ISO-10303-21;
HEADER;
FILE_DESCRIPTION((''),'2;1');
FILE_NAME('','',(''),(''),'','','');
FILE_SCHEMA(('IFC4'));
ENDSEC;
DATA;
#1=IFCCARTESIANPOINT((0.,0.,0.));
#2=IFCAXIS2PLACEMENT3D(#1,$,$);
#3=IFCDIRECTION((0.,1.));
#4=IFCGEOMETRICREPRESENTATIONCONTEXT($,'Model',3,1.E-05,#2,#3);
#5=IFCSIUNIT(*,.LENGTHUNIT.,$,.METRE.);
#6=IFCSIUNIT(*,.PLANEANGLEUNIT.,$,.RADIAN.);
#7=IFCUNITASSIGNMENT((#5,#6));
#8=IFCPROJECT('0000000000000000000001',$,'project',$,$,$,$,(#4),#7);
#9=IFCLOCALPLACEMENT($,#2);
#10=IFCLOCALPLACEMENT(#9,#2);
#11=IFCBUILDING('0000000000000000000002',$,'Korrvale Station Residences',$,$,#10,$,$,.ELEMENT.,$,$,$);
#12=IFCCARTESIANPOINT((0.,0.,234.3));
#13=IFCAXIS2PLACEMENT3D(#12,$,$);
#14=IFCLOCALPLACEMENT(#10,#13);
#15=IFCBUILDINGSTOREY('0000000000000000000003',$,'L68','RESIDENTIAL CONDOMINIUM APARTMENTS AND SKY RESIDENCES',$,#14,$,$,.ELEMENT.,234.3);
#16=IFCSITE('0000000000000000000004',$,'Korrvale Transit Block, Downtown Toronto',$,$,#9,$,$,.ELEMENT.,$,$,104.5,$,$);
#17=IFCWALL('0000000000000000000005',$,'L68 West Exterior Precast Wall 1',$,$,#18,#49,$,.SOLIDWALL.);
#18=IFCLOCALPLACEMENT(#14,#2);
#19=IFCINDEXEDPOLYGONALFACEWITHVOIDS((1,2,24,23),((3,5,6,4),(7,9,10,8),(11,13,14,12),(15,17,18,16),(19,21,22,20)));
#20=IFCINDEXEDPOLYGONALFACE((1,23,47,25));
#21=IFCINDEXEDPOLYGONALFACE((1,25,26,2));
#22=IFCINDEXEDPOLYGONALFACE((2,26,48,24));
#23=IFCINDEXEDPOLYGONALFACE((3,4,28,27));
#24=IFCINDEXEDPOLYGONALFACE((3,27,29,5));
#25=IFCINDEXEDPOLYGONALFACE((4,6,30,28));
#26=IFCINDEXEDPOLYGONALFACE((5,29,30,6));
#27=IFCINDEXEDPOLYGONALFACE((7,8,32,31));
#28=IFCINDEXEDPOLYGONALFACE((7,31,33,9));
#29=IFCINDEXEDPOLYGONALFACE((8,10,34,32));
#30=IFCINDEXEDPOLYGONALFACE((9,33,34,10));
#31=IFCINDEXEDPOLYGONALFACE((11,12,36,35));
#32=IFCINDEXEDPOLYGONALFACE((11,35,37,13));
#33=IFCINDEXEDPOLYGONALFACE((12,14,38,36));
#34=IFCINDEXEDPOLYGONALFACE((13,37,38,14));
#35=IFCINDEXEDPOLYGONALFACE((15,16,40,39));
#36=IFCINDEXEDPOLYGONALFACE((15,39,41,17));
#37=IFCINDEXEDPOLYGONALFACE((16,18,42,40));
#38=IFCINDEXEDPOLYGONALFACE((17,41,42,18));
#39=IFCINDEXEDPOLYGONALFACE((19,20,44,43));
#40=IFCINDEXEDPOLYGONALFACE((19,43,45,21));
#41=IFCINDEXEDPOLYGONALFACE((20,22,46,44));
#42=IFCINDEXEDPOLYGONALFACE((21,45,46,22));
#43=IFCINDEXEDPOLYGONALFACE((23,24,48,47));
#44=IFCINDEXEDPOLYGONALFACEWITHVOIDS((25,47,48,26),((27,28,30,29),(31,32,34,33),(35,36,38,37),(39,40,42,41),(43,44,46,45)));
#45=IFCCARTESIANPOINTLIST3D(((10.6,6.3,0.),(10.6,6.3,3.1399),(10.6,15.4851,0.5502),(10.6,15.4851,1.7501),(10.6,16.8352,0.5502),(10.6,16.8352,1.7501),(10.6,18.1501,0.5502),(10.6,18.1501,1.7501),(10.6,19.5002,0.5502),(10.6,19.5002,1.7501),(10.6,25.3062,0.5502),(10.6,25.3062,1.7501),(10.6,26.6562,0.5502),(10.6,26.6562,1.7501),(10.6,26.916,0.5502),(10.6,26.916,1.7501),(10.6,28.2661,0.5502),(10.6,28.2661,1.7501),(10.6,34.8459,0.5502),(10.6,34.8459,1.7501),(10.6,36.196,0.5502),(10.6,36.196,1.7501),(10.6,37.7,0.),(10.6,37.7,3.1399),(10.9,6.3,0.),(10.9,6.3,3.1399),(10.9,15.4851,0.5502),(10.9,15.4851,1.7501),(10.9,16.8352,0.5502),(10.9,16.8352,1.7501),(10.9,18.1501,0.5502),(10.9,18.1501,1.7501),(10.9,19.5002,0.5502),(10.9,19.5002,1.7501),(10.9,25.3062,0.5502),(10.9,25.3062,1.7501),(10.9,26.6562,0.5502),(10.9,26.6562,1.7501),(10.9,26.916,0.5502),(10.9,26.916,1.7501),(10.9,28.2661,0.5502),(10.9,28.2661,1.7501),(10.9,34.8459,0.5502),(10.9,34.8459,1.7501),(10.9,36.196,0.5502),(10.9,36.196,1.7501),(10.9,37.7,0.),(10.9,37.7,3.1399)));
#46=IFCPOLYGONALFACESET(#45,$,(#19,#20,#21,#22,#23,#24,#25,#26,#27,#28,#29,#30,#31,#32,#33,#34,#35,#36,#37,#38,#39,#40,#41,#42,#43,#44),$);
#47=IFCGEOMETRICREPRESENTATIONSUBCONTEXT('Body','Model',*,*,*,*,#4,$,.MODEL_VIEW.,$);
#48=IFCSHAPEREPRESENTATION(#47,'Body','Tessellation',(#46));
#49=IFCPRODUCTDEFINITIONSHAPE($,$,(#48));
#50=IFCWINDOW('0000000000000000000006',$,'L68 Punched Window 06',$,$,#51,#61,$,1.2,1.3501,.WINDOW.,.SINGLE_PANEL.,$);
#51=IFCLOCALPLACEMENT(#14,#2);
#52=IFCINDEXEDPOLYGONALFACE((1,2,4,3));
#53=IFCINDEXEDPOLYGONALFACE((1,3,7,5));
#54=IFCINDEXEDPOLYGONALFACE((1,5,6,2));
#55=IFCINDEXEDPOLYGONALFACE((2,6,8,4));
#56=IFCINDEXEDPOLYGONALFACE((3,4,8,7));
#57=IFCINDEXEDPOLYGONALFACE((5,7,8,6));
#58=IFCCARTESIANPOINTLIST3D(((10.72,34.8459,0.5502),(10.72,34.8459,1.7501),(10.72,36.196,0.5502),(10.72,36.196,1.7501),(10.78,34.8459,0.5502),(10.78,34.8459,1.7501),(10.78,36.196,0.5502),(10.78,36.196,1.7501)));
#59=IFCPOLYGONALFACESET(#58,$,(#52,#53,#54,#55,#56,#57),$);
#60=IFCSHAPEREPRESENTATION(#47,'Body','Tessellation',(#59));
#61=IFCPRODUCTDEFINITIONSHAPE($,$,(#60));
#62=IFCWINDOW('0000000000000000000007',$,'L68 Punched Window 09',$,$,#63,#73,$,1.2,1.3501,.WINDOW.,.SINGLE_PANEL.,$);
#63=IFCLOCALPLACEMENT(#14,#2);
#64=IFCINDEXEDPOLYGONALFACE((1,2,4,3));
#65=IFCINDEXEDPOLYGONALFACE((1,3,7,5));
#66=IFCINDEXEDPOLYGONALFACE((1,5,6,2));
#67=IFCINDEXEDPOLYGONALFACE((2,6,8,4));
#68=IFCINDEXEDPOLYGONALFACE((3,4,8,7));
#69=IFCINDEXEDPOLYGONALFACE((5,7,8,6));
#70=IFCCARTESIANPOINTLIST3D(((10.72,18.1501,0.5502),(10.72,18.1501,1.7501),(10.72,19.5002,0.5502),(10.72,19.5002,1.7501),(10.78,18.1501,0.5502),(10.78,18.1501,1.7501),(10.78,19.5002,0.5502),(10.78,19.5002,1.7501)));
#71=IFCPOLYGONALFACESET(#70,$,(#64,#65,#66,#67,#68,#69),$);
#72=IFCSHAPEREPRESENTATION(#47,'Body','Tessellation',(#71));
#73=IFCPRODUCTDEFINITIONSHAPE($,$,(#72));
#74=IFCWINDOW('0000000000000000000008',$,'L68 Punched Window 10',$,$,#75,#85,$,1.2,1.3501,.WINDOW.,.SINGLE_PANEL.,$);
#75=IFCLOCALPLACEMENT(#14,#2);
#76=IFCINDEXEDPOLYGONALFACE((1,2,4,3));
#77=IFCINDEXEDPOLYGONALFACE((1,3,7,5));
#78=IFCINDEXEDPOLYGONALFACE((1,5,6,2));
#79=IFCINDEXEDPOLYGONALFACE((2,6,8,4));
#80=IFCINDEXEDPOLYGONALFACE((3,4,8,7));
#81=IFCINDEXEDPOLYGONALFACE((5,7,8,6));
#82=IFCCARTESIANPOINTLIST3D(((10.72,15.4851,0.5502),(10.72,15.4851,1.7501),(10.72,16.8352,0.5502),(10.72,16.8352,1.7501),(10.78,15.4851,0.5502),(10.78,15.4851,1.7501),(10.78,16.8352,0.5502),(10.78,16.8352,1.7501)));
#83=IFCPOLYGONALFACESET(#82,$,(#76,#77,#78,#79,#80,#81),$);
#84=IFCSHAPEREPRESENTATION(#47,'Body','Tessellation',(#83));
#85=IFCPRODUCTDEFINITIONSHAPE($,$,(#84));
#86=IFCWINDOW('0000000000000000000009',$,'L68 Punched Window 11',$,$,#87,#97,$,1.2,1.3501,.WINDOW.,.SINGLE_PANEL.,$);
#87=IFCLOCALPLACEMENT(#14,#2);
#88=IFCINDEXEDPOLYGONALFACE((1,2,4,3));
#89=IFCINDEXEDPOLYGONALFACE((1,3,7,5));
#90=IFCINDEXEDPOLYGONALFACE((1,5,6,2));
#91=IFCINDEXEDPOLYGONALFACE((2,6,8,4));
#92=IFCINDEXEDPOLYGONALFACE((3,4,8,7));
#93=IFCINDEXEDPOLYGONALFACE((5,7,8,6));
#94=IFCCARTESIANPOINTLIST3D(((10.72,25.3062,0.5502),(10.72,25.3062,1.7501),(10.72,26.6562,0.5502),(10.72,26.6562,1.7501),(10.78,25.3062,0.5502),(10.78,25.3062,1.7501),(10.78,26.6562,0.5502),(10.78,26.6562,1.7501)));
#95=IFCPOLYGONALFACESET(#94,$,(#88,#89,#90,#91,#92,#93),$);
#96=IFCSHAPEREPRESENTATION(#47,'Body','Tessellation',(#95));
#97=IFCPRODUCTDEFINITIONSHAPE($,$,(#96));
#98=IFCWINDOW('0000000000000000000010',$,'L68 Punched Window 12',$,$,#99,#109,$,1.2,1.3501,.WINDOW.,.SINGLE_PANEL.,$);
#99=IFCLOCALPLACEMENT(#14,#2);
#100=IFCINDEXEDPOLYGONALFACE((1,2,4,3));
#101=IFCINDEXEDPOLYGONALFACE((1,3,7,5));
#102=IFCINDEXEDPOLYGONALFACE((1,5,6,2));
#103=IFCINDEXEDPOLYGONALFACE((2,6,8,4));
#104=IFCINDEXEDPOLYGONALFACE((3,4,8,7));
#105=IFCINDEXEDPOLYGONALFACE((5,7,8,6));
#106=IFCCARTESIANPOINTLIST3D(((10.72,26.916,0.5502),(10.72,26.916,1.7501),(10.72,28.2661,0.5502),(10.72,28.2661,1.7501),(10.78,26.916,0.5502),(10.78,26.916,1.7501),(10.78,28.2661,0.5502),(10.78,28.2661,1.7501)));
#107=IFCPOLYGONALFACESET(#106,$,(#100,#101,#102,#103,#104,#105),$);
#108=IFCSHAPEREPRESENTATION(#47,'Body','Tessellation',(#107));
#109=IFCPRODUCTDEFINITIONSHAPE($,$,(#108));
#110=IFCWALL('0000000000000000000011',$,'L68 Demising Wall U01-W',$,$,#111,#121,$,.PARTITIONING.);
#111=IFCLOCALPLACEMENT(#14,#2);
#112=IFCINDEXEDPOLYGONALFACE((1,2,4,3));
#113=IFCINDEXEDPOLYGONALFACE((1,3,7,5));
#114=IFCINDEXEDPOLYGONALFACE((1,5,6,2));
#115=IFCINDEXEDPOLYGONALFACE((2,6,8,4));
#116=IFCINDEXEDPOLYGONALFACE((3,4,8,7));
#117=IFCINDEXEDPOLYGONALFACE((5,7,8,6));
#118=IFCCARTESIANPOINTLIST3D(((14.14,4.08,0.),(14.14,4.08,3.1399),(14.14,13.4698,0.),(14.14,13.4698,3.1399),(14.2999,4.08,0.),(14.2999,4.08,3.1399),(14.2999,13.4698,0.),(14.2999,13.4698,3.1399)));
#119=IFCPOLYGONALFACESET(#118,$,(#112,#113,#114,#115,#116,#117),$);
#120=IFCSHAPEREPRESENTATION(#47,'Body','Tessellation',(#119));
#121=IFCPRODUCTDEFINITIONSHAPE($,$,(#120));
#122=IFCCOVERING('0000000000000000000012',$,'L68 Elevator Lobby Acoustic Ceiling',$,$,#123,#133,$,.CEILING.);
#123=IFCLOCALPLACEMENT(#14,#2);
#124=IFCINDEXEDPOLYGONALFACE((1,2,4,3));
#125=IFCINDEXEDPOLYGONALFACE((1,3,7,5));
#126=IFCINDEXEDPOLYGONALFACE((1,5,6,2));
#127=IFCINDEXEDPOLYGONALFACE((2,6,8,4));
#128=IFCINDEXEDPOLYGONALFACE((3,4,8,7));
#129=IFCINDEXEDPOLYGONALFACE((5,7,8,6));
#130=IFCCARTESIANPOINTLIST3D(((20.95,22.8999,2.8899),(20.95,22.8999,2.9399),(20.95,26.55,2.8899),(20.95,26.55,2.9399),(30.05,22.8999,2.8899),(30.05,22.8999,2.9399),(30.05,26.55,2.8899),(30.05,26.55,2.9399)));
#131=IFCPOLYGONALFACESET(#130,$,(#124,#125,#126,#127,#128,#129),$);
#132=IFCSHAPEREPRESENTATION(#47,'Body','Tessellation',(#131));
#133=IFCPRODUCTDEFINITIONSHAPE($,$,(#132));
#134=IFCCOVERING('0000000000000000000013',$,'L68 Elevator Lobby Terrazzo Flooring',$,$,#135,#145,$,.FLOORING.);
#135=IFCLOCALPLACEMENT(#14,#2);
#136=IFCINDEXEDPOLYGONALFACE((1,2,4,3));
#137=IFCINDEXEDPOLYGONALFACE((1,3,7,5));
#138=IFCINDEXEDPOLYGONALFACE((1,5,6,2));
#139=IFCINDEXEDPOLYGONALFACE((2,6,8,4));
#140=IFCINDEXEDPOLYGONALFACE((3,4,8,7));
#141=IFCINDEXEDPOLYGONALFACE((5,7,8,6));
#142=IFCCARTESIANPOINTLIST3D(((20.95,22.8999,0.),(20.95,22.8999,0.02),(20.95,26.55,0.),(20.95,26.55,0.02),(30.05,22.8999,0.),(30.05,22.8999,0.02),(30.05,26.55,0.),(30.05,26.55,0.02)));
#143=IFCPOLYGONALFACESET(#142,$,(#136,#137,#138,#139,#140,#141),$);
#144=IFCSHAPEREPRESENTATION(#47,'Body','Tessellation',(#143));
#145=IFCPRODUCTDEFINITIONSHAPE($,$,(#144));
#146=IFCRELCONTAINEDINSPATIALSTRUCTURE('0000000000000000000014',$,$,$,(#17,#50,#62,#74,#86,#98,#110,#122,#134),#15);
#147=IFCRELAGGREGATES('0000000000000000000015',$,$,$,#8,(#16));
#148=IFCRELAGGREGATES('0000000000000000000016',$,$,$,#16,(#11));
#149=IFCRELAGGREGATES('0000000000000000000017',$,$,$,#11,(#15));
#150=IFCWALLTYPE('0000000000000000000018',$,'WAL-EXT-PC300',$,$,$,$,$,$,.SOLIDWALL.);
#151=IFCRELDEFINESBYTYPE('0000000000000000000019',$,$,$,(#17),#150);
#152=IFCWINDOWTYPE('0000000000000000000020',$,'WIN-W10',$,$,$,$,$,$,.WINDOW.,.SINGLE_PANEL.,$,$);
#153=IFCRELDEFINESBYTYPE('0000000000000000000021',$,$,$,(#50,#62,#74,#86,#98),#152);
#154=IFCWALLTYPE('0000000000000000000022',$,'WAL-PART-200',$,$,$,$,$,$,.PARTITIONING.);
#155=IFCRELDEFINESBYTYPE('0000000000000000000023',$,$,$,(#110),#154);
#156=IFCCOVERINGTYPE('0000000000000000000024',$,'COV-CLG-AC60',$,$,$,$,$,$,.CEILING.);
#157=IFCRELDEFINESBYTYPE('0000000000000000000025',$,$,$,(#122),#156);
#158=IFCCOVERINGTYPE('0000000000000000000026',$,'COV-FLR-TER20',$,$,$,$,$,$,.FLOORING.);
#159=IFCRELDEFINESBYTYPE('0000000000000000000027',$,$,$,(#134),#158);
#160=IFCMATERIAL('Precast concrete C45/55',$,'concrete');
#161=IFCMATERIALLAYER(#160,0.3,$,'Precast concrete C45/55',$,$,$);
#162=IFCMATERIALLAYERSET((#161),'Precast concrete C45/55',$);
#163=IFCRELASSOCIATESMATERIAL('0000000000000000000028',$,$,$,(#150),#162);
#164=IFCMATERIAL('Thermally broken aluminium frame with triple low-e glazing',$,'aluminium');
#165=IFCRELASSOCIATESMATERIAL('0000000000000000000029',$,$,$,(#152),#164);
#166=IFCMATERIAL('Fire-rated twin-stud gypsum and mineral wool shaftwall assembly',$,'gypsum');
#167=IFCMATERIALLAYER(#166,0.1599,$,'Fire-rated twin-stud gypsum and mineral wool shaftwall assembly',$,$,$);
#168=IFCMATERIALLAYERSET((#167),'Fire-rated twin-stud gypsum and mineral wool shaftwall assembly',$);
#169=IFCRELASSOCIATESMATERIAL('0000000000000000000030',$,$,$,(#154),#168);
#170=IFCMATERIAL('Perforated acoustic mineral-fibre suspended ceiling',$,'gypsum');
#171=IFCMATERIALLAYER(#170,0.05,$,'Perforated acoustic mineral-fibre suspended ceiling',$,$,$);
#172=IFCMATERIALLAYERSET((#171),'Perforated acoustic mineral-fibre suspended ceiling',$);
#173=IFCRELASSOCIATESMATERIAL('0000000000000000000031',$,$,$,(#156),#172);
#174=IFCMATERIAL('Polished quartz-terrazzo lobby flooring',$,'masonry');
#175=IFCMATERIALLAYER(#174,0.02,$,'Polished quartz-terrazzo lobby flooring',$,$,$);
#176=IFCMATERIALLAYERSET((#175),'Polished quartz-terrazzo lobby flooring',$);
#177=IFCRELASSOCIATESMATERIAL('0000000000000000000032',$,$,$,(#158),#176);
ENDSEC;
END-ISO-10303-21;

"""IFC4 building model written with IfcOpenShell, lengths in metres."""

from ifc_helpers import new_model, si_unit, direction, frame, frame_2d, origin, place, context, subcontext, project, spatial, polyline, rectangle, outline, extrude, material, layer, layer_set, type_object, element, fill, save


model = new_model("IFC4")

# Units and contexts
model_context = context("Model", 3, precision=1e-05, world=origin(), true_north=direction((0.0, 1.0)))
body_context = subcontext(model_context, "Body", "Model", "MODEL_VIEW")
ifc_project = project(units=[si_unit("LENGTHUNIT", "METRE"), si_unit("PLANEANGLEUNIT", "RADIAN")], contexts=[model_context])

# Site, building, storey
site_placement = place(None, origin())
site = spatial("IfcSite", under=ifc_project, at=site_placement, Name="Korrvale Transit Block, Downtown Toronto", CompositionType="ELEMENT", RefElevation=104.5)
building_placement = place(site_placement, origin())
building = spatial("IfcBuilding", under=site, at=building_placement, Name="Korrvale Station Residences", CompositionType="ELEMENT")
storey_placement = place(building_placement, frame((0.0, 0.0, 234.3)))
storey = spatial("IfcBuildingStorey", under=building, at=storey_placement, Name="L68", Description="RESIDENTIAL CONDOMINIUM APARTMENTS AND SKY RESIDENCES", CompositionType="ELEMENT", Elevation=234.3)

# Shared definitions
ifc_material_1 = material(Name="Precast concrete C45/55", Category="concrete")
ifc_layer_1 = layer(ifc_material_1, 0.3, Name="Precast concrete C45/55")
ifc_layer_set_1 = layer_set([ifc_layer_1], Name="Precast concrete C45/55")
wall_type_1 = type_object("IfcWallType", Name="WAL-EXT-PC300", PredefinedType="SOLIDWALL", material=ifc_layer_set_1)

# Wall, openings, windows
wall_1_placement = place(storey_placement, frame((10.75, 6.3, 0.0), z_axis=(0.0, 0.0, 1.0), x_axis=(0.0, 1.0, 0.0)))
wall_1 = element("IfcWall", 1, at=wall_1_placement, inside=storey, type_object=wall_type_1, Name="L68 West Exterior Precast Wall 1", PredefinedType="SOLIDWALL", context=body_context, shape_type="SweptSolid", body=[
    extrude(rectangle(XDim=31.3999, YDim=0.3, at=frame_2d((15.7, 0.0))), origin(), (0.0, 0.0, 1.0), 3.1399),
])
opening_1_placement = place(wall_1_placement, frame((28.5459, 0.0, 0.55)))
opening_1 = element("IfcOpeningElement", 2, at=opening_1_placement, cuts=wall_1, PredefinedType="OPENING", context=body_context, shape_type="SweptSolid", body=[
    extrude(rectangle(XDim=1.3501, YDim=1.2, at=frame_2d((0.675, 0.6001))), frame((0.0, 0.1602, 0.0), z_axis=(0.0, -1.0, 0.0), x_axis=(1.0, 0.0, 0.0)), (0.0, 0.0, 1.0), 0.3201),
])
opening_2_placement = place(wall_1_placement, frame((11.8501, 0.0, 0.55)))
opening_2 = element("IfcOpeningElement", 3, at=opening_2_placement, cuts=wall_1, PredefinedType="OPENING", context=body_context, shape_type="SweptSolid", body=[
    extrude(rectangle(XDim=1.3501, YDim=1.2, at=frame_2d((0.675, 0.6001))), frame((0.0, 0.1602, 0.0), z_axis=(0.0, -1.0, 0.0), x_axis=(1.0, 0.0, 0.0)), (0.0, 0.0, 1.0), 0.3201),
])
opening_3_placement = place(wall_1_placement, frame((9.1851, 0.0, 0.55)))
opening_3 = element("IfcOpeningElement", 4, at=opening_3_placement, cuts=wall_1, PredefinedType="OPENING", context=body_context, shape_type="SweptSolid", body=[
    extrude(rectangle(XDim=1.3501, YDim=1.2, at=frame_2d((0.675, 0.6001))), frame((0.0, 0.1602, 0.0), z_axis=(0.0, -1.0, 0.0), x_axis=(1.0, 0.0, 0.0)), (0.0, 0.0, 1.0), 0.3201),
])
opening_4_placement = place(wall_1_placement, frame((19.0061, 0.0, 0.55)))
opening_4 = element("IfcOpeningElement", 5, at=opening_4_placement, cuts=wall_1, PredefinedType="OPENING", context=body_context, shape_type="SweptSolid", body=[
    extrude(rectangle(XDim=1.3501, YDim=1.2, at=frame_2d((0.675, 0.6001))), frame((0.0, 0.1602, 0.0), z_axis=(0.0, -1.0, 0.0), x_axis=(1.0, 0.0, 0.0)), (0.0, 0.0, 1.0), 0.3201),
])
opening_5_placement = place(wall_1_placement, frame((20.616, 0.0, 0.55)))
opening_5 = element("IfcOpeningElement", 6, at=opening_5_placement, cuts=wall_1, PredefinedType="OPENING", context=body_context, shape_type="SweptSolid", body=[
    extrude(rectangle(XDim=1.3501, YDim=1.2, at=frame_2d((0.675, 0.6001))), frame((0.0, 0.1602, 0.0), z_axis=(0.0, -1.0, 0.0), x_axis=(1.0, 0.0, 0.0)), (0.0, 0.0, 1.0), 0.3201),
])
ifc_material_2 = material(Name="Thermally broken aluminium frame with triple low-e glazing", Category="aluminium")
window_type = type_object("IfcWindowType", Name="WIN-W10", PartitioningType="SINGLE_PANEL", PredefinedType="WINDOW", material=ifc_material_2)
window_1_placement = place(opening_1_placement, origin())
window_1 = element("IfcWindow", 7, at=window_1_placement, inside=storey, type_object=window_type, Name="L68 Punched Window 06", OverallHeight=1.2, OverallWidth=1.3501, PartitioningType="SINGLE_PANEL", PredefinedType="WINDOW", context=body_context, shape_type="SweptSolid", body=[
    extrude(rectangle(XDim=1.3501, YDim=1.2, at=frame_2d((0.675, 0.6001))), frame((0.0, 0.03, 0.0), z_axis=(0.0, -1.0, 0.0), x_axis=(1.0, 0.0, 0.0)), (0.0, 0.0, 1.0), 0.0601),
])
fill(opening_1, window_1)
window_2_placement = place(opening_2_placement, origin())
window_2 = element("IfcWindow", 8, at=window_2_placement, inside=storey, type_object=window_type, Name="L68 Punched Window 09", OverallHeight=1.2, OverallWidth=1.3501, PartitioningType="SINGLE_PANEL", PredefinedType="WINDOW", context=body_context, shape_type="SweptSolid", body=[
    extrude(rectangle(XDim=1.3501, YDim=1.2, at=frame_2d((0.675, 0.6001))), frame((0.0, 0.03, 0.0), z_axis=(0.0, -1.0, 0.0), x_axis=(1.0, 0.0, 0.0)), (0.0, 0.0, 1.0), 0.0601),
])
fill(opening_2, window_2)
window_3_placement = place(opening_3_placement, origin())
window_3 = element("IfcWindow", 9, at=window_3_placement, inside=storey, type_object=window_type, Name="L68 Punched Window 10", OverallHeight=1.2, OverallWidth=1.3501, PartitioningType="SINGLE_PANEL", PredefinedType="WINDOW", context=body_context, shape_type="SweptSolid", body=[
    extrude(rectangle(XDim=1.3501, YDim=1.2, at=frame_2d((0.675, 0.6001))), frame((0.0, 0.03, 0.0), z_axis=(0.0, -1.0, 0.0), x_axis=(1.0, 0.0, 0.0)), (0.0, 0.0, 1.0), 0.0601),
])
fill(opening_3, window_3)
window_4_placement = place(opening_4_placement, origin())
window_4 = element("IfcWindow", 10, at=window_4_placement, inside=storey, type_object=window_type, Name="L68 Punched Window 11", OverallHeight=1.2, OverallWidth=1.3501, PartitioningType="SINGLE_PANEL", PredefinedType="WINDOW", context=body_context, shape_type="SweptSolid", body=[
    extrude(rectangle(XDim=1.3501, YDim=1.2, at=frame_2d((0.675, 0.6001))), frame((0.0, 0.03, 0.0), z_axis=(0.0, -1.0, 0.0), x_axis=(1.0, 0.0, 0.0)), (0.0, 0.0, 1.0), 0.0601),
])
fill(opening_4, window_4)
window_5_placement = place(opening_5_placement, origin())
window_5 = element("IfcWindow", 11, at=window_5_placement, inside=storey, type_object=window_type, Name="L68 Punched Window 12", OverallHeight=1.2, OverallWidth=1.3501, PartitioningType="SINGLE_PANEL", PredefinedType="WINDOW", context=body_context, shape_type="SweptSolid", body=[
    extrude(rectangle(XDim=1.3501, YDim=1.2, at=frame_2d((0.675, 0.6001))), frame((0.0, 0.03, 0.0), z_axis=(0.0, -1.0, 0.0), x_axis=(1.0, 0.0, 0.0)), (0.0, 0.0, 1.0), 0.0601),
])
fill(opening_5, window_5)

# Wall
ifc_material_3 = material(Name="Fire-rated twin-stud gypsum and mineral wool shaftwall assembly", Category="gypsum")
ifc_layer_2 = layer(ifc_material_3, 0.1599, Name="Fire-rated twin-stud gypsum and mineral wool shaftwall assembly")
ifc_layer_set_2 = layer_set([ifc_layer_2], Name="Fire-rated twin-stud gypsum and mineral wool shaftwall assembly")
wall_type_2 = type_object("IfcWallType", Name="WAL-PART-200", PredefinedType="PARTITIONING", material=ifc_layer_set_2)
wall_2_placement = place(storey_placement, frame((14.22, 4.0801, 0.0), z_axis=(0.0, 0.0, 1.0), x_axis=(0.0, 1.0, 0.0)))
element("IfcWall", 12, at=wall_2_placement, inside=storey, type_object=wall_type_2, Name="L68 Demising Wall U01-W", PredefinedType="PARTITIONING", context=body_context, shape_type="SweptSolid", body=[
    extrude(rectangle(XDim=9.3899, YDim=0.1599, at=frame_2d((4.6948, 0.0))), origin(), (0.0, 0.0, 1.0), 3.1399),
])

# Coverings
ifc_material_4 = material(Name="Perforated acoustic mineral-fibre suspended ceiling", Category="gypsum")
ifc_layer_3 = layer(ifc_material_4, 0.05, Name="Perforated acoustic mineral-fibre suspended ceiling")
ifc_layer_set_3 = layer_set([ifc_layer_3], Name="Perforated acoustic mineral-fibre suspended ceiling")
covering_type_1 = type_object("IfcCoveringType", Name="COV-CLG-AC60", PredefinedType="CEILING", material=ifc_layer_set_3)
covering_1_placement = place(storey_placement, frame((0.0, 0.0, 2.8899)))
element("IfcCovering", 13, at=covering_1_placement, inside=storey, type_object=covering_type_1, Name="L68 Elevator Lobby Acoustic Ceiling", PredefinedType="CEILING", context=body_context, shape_type="SweptSolid", body=[
    extrude(outline(polyline([(20.95, 22.8999), (30.05, 22.8999), (30.05, 26.55), (20.95, 26.55), (20.95, 22.8999)])), origin(), (0.0, 0.0, 1.0), 0.05),
])
ifc_material_5 = material(Name="Polished quartz-terrazzo lobby flooring", Category="masonry")
ifc_layer_4 = layer(ifc_material_5, 0.02, Name="Polished quartz-terrazzo lobby flooring")
ifc_layer_set_4 = layer_set([ifc_layer_4], Name="Polished quartz-terrazzo lobby flooring")
covering_type_2 = type_object("IfcCoveringType", Name="COV-FLR-TER20", PredefinedType="FLOORING", material=ifc_layer_set_4)
covering_2_placement = place(storey_placement, origin())
element("IfcCovering", 14, at=covering_2_placement, inside=storey, type_object=covering_type_2, Name="L68 Elevator Lobby Terrazzo Flooring", PredefinedType="FLOORING", context=body_context, shape_type="SweptSolid", body=[
    extrude(outline(polyline([(20.95, 22.8999), (30.05, 22.8999), (30.05, 26.55), (20.95, 26.55), (20.95, 22.8999)])), origin(), (0.0, 0.0, 1.0), 0.02),
])

save(model, "model.ifc")
